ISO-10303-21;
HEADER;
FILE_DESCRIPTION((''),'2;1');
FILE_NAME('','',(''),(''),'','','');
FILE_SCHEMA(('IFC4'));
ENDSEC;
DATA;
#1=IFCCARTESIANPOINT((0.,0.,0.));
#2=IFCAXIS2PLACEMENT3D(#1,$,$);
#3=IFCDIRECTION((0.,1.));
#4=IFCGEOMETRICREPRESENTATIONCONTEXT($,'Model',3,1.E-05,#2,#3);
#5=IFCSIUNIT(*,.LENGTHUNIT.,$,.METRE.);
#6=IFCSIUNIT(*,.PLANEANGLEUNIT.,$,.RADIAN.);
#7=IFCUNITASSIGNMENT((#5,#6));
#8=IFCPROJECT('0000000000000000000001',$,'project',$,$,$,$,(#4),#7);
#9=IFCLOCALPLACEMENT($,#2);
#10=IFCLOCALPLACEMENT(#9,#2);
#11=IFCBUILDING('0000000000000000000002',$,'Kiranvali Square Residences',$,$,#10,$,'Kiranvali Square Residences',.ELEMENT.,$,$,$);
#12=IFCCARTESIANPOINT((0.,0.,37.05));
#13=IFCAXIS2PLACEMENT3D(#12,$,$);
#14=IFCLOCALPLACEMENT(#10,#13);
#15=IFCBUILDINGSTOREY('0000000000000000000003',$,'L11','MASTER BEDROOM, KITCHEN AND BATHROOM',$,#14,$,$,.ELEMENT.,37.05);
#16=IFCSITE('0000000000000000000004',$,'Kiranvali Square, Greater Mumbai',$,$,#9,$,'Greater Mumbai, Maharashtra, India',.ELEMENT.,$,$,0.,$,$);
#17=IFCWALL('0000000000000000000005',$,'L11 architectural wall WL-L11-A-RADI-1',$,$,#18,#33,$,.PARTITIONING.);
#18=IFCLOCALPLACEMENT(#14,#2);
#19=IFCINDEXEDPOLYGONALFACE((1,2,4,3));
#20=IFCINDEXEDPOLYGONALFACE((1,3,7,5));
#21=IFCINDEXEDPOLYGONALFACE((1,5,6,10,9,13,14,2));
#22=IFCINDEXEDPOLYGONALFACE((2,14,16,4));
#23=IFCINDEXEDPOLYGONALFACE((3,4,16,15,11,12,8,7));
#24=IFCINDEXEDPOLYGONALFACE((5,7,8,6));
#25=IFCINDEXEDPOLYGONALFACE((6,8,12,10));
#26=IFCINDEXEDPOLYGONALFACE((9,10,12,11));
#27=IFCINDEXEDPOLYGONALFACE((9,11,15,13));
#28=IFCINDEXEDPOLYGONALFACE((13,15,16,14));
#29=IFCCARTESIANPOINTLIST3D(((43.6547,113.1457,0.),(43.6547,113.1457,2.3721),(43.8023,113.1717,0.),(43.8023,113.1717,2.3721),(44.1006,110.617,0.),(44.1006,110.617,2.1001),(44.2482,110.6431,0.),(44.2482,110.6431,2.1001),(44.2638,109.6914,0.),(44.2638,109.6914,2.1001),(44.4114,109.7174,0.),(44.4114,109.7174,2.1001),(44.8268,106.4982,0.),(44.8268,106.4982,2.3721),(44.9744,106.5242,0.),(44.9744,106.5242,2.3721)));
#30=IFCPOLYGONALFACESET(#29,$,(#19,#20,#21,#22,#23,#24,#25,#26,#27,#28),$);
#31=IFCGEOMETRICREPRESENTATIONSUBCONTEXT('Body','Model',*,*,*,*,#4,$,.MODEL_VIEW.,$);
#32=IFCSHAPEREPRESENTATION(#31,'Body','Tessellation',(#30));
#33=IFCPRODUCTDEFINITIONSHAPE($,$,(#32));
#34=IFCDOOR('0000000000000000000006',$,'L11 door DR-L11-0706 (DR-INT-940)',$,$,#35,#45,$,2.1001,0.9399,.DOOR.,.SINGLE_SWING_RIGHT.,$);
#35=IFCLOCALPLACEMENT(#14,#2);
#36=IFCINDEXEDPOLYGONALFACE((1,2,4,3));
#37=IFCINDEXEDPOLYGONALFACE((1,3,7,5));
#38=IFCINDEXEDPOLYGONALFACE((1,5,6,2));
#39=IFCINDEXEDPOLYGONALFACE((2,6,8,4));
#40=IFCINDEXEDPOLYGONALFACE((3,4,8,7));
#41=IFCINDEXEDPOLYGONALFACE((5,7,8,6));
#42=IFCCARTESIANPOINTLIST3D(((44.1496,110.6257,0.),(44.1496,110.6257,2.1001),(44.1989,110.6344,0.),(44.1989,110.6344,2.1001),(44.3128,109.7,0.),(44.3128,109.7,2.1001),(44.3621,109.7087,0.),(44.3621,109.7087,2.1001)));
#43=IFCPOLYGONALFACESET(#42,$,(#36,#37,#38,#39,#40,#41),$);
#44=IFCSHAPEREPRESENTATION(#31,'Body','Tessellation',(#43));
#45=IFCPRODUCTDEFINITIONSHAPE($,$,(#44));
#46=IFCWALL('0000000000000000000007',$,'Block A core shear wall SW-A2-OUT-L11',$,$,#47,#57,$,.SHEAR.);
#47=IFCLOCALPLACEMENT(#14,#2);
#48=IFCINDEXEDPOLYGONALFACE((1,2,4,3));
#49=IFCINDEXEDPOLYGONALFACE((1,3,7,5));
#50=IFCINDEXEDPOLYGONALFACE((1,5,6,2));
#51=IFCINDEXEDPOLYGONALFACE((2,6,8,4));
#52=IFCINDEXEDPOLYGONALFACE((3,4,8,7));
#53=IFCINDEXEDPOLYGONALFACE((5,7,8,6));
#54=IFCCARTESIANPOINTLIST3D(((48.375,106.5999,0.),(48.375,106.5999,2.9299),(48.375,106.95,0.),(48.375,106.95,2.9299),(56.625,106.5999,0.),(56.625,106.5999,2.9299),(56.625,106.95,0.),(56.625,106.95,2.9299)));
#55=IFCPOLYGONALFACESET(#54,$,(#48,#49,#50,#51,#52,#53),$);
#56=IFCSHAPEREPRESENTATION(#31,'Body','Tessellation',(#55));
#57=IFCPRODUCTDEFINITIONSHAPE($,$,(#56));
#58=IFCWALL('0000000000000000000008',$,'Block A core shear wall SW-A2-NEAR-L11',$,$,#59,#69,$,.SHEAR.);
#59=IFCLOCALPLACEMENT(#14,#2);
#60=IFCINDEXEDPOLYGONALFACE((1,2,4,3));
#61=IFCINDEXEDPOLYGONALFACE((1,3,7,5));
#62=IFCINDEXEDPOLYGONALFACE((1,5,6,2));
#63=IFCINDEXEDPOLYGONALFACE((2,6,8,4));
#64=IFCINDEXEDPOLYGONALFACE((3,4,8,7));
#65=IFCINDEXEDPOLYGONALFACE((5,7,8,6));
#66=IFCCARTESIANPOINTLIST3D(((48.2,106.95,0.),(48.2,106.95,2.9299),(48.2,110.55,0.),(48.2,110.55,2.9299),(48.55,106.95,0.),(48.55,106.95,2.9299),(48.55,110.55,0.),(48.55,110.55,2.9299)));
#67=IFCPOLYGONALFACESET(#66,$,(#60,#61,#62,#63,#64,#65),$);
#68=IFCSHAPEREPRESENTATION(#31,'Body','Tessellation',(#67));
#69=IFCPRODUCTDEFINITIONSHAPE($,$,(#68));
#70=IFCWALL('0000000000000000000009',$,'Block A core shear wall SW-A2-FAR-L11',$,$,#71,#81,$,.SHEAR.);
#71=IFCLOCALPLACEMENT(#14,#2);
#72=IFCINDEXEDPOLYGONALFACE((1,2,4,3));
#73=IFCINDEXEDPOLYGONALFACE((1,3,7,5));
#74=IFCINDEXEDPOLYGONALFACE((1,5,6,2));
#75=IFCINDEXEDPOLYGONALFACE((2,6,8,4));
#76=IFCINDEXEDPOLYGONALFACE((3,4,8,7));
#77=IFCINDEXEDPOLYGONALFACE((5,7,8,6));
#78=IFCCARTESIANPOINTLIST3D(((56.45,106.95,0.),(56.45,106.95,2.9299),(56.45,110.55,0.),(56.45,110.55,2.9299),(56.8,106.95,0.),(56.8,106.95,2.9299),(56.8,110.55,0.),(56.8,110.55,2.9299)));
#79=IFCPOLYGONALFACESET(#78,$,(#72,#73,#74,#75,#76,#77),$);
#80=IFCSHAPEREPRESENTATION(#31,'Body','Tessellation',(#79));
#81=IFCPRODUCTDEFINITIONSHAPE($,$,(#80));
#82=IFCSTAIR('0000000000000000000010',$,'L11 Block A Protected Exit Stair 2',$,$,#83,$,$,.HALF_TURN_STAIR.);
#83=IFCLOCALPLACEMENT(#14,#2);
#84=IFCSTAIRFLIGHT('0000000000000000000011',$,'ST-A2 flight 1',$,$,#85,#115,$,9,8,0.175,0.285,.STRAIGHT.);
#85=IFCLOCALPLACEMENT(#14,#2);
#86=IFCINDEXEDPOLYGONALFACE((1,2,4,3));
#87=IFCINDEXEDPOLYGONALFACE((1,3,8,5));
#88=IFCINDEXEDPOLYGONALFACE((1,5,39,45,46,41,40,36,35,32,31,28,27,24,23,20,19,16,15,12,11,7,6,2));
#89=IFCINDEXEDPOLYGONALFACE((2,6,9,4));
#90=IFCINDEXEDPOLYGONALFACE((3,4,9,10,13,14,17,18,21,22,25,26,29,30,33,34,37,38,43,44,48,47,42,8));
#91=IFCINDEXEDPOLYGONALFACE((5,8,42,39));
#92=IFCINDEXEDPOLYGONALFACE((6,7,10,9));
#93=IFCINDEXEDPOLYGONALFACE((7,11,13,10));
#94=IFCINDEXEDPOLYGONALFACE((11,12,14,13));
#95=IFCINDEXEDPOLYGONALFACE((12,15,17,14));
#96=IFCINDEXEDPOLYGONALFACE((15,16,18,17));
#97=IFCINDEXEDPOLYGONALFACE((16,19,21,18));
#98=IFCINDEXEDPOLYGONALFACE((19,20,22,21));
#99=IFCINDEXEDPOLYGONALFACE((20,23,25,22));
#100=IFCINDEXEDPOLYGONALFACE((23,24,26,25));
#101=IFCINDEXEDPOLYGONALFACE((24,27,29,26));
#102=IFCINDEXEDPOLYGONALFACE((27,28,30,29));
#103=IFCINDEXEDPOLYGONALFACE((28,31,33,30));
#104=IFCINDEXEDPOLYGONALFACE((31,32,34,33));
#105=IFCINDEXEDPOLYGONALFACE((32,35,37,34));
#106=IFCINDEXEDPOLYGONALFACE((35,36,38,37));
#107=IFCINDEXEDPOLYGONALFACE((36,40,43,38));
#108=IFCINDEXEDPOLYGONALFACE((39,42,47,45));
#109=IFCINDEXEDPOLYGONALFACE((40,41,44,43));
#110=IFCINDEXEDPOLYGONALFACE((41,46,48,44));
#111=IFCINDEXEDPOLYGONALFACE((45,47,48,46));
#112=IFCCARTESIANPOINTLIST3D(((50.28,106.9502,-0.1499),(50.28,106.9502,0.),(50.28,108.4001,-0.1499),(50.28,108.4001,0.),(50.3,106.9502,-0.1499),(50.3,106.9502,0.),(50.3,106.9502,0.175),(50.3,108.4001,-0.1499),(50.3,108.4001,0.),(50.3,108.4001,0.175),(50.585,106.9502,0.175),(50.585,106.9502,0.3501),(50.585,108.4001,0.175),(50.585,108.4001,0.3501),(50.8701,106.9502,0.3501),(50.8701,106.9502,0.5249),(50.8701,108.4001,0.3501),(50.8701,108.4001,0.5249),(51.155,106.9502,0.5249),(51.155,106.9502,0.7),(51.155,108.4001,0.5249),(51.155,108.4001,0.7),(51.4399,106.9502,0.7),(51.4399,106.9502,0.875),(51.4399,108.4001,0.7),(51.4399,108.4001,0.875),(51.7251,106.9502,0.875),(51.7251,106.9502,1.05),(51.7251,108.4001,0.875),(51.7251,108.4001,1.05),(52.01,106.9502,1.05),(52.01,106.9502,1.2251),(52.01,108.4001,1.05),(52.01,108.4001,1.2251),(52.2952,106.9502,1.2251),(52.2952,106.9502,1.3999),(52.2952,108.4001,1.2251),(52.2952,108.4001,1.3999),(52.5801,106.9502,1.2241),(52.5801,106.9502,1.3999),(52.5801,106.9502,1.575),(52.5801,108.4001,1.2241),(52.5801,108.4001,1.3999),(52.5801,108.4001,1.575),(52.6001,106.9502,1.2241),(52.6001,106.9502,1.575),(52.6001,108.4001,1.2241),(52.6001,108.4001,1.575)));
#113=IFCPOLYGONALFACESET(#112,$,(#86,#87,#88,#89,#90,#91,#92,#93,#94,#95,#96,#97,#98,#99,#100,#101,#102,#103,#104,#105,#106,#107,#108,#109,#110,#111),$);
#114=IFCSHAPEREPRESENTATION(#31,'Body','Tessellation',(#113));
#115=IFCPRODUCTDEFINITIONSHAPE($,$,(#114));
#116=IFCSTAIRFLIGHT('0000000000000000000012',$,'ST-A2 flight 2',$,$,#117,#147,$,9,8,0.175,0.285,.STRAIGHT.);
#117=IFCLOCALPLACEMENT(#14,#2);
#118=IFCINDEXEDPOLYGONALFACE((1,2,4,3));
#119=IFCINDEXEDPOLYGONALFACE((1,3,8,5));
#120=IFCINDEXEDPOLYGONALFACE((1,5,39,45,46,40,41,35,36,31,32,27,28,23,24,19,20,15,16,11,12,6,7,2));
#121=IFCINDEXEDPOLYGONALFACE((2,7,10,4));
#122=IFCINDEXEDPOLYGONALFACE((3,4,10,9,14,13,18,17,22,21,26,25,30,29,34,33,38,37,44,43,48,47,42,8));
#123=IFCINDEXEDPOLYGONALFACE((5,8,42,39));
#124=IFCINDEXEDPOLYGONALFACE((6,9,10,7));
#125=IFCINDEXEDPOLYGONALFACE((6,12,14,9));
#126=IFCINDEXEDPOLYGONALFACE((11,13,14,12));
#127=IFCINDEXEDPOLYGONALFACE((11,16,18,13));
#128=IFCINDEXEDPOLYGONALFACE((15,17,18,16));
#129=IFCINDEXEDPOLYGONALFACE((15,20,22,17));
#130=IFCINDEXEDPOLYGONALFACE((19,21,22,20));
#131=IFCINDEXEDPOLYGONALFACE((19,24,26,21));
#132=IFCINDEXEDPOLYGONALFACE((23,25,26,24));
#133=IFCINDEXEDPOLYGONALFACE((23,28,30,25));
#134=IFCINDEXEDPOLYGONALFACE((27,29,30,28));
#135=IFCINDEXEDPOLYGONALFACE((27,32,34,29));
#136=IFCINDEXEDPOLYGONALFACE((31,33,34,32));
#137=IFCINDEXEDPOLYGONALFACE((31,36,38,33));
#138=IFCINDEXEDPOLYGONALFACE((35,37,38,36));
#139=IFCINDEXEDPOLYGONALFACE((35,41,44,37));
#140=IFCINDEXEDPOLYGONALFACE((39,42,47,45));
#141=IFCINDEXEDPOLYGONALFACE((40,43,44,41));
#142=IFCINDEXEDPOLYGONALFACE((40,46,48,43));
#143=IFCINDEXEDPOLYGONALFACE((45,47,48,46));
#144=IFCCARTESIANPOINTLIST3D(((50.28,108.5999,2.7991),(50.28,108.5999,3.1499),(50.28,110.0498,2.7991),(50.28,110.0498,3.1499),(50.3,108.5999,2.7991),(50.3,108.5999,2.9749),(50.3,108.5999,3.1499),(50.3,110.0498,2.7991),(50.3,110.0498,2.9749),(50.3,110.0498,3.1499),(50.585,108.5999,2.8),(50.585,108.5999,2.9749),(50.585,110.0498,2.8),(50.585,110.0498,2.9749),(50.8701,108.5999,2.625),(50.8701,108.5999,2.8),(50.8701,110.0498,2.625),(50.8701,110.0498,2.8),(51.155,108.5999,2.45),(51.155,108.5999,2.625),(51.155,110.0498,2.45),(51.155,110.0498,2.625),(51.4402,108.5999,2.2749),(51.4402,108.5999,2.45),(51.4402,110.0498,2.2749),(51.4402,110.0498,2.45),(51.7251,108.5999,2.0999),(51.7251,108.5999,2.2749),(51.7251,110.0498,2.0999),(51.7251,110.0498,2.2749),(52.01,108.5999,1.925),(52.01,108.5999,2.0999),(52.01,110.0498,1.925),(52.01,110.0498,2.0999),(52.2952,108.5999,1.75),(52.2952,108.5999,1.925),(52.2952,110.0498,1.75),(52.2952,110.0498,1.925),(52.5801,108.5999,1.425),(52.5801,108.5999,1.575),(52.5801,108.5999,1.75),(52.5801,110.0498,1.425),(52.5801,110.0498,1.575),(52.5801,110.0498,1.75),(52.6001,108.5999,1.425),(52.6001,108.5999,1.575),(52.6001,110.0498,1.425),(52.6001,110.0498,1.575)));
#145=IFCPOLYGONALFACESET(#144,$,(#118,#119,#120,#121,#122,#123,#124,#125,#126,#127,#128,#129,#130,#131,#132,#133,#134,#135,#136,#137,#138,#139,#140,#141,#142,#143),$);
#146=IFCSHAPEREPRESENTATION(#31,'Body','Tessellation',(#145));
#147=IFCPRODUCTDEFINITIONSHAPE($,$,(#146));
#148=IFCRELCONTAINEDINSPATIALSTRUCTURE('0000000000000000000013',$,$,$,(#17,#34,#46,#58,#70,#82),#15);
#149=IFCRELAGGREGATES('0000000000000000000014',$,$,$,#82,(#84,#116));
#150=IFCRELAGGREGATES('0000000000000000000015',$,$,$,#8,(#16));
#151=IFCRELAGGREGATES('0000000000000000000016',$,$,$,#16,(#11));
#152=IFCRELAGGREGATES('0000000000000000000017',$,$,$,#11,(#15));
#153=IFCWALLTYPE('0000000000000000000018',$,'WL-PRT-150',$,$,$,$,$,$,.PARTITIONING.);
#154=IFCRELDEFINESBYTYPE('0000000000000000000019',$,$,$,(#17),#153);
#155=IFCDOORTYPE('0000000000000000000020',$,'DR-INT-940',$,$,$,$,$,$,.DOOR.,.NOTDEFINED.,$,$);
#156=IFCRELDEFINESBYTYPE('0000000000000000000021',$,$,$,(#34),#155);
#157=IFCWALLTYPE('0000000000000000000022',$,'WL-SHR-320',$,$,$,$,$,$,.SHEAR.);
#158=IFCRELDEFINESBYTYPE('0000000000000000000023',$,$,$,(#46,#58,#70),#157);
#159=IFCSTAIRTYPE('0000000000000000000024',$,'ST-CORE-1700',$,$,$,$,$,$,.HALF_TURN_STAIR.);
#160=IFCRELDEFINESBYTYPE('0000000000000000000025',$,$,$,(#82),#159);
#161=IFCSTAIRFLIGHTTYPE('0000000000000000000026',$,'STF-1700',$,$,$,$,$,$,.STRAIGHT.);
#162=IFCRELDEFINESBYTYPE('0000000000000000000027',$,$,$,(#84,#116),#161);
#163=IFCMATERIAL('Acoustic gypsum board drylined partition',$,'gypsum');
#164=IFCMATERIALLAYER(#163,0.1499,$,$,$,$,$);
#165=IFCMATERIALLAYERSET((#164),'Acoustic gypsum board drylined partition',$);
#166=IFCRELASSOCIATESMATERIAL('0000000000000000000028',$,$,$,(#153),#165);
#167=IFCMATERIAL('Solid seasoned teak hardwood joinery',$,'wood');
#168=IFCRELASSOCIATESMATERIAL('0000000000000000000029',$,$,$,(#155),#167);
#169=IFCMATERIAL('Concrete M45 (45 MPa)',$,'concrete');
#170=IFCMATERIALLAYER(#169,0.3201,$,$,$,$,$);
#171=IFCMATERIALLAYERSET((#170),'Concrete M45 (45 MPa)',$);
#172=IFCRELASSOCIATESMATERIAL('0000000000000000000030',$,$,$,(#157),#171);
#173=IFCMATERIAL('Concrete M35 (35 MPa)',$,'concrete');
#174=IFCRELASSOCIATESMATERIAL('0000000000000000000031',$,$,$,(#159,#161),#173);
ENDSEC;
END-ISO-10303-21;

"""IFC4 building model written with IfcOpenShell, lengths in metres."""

from ifc_helpers import new_model, si_unit, direction, frame, frame_2d, origin, place, context, subcontext, project, spatial, polyline, rectangle, outline, extrude, material, layer, layer_set, type_object, element, fill, aggregate, save


model = new_model("IFC4")

# Units and contexts
model_context = context("Model", 3, precision=1e-05, world=origin(), true_north=direction((0.0, 1.0)))
body_context = subcontext(model_context, "Body", "Model", "MODEL_VIEW")
ifc_project = project(units=[si_unit("LENGTHUNIT", "METRE"), si_unit("PLANEANGLEUNIT", "RADIAN")], contexts=[model_context])

# Site, building, storey
site_placement = place(None, origin())
site = spatial("IfcSite", under=ifc_project, at=site_placement, Name="Kiranvali Square, Greater Mumbai", LongName="Greater Mumbai, Maharashtra, India", CompositionType="ELEMENT", RefElevation=0.0)
building_placement = place(site_placement, origin())
building = spatial("IfcBuilding", under=site, at=building_placement, Name="Kiranvali Square Residences", LongName="Kiranvali Square Residences", CompositionType="ELEMENT")
storey_placement = place(building_placement, frame((0.0, 0.0, 37.05)))
storey = spatial("IfcBuildingStorey", under=building, at=storey_placement, Name="L11", Description="MASTER BEDROOM, KITCHEN AND BATHROOM", CompositionType="ELEMENT", Elevation=37.05)

# Wall, opening, door
ifc_material_1 = material(Name="Acoustic gypsum board drylined partition", Category="gypsum")
ifc_layer_1 = layer(ifc_material_1, 0.1499)
ifc_layer_set_1 = layer_set([ifc_layer_1], Name="Acoustic gypsum board drylined partition")
wall_type_1 = type_object("IfcWallType", Name="WL-PRT-150", PredefinedType="PARTITIONING", material=ifc_layer_set_1)
wall_1_placement = place(storey_placement, frame((44.9006, 106.5112, 0.0), z_axis=(0.0, 0.0, 1.0), x_axis=(-0.173647, 0.984808, 0.0)))
wall_1 = element("IfcWall", 1, at=wall_1_placement, inside=storey, type_object=wall_type_1, Name="L11 architectural wall WL-L11-A-RADI-1", PredefinedType="PARTITIONING", context=body_context, shape_type="SweptSolid", body=[
    extrude(rectangle(XDim=6.75, YDim=0.1499, at=frame_2d((3.375, 0.0))), origin(), (0.0, 0.0, 1.0), 2.3721),
])
opening_1_placement = place(wall_1_placement, frame((3.2424, 0.0, 0.0)))
opening_1 = element("IfcOpeningElement", 2, at=opening_1_placement, cuts=wall_1, PredefinedType="OPENING", context=body_context, shape_type="SweptSolid", body=[
    extrude(rectangle(XDim=0.9399, YDim=2.1001, at=frame_2d((0.47, 1.05))), frame((0.0, 0.085, 0.0), z_axis=(0.0, -1.0, 0.0), x_axis=(1.0, 0.0, 0.0)), (0.0, 0.0, 1.0), 0.1699),
])
ifc_material_2 = material(Name="Solid seasoned teak hardwood joinery", Category="wood")
door_type_1 = type_object("IfcDoorType", Name="DR-INT-940", OperationType="NOTDEFINED", PredefinedType="DOOR", material=ifc_material_2)
door_1_placement = place(opening_1_placement, frame((0.9399, 0.0, 0.0), z_axis=(0.0, 0.0, 1.0), x_axis=(-1.0, 0.0, 0.0)))
door_1 = element("IfcDoor", 3, at=door_1_placement, inside=storey, type_object=door_type_1, Name="L11 door DR-L11-0706 (DR-INT-940)", OperationType="SINGLE_SWING_RIGHT", OverallHeight=2.1001, OverallWidth=0.9399, PredefinedType="DOOR", context=body_context, shape_type="SweptSolid", body=[
    extrude(rectangle(XDim=0.9399, YDim=2.1001, at=frame_2d((0.47, 1.05))), frame((0.0, 0.0249, 0.0), z_axis=(0.0, -1.0, 0.0), x_axis=(1.0, 0.0, 0.0)), (0.0, 0.0, 1.0), 0.05),
])
fill(opening_1, door_1)

# Wall
ifc_material_3 = material(Name="Concrete M45 (45 MPa)", Category="concrete")
ifc_layer_2 = layer(ifc_material_3, 0.3201)
ifc_layer_set_2 = layer_set([ifc_layer_2], Name="Concrete M45 (45 MPa)")
wall_type_2 = type_object("IfcWallType", Name="WL-SHR-320", PredefinedType="SHEAR", material=ifc_layer_set_2)
wall_2_placement = place(storey_placement, frame((48.375, 106.7749, 0.0), z_axis=(0.0, 0.0, 1.0), x_axis=(1.0, 0.0, 0.0)))
element("IfcWall", 4, at=wall_2_placement, inside=storey, type_object=wall_type_2, Name="Block A core shear wall SW-A2-OUT-L11", PredefinedType="SHEAR", context=body_context, shape_type="SweptSolid", body=[
    extrude(rectangle(XDim=8.25, YDim=0.3501, at=frame_2d((4.125, 0.0))), origin(), (0.0, 0.0, 1.0), 2.9299),
])

# Walls
for number, where, z_axis, x_axis, name in (
    (5, (48.375, 106.95, 0.0), (0.0, 0.0, 1.0), (0.0, 1.0, 0.0), "Block A core shear wall SW-A2-NEAR-L11"),
    (6, (56.625, 106.95, 0.0), (0.0, 0.0, 1.0), (0.0, 1.0, 0.0), "Block A core shear wall SW-A2-FAR-L11"),
):
    element("IfcWall", number, at=place(storey_placement, frame(where, z_axis=z_axis, x_axis=x_axis)), inside=storey, type_object=wall_type_2, Name=name, PredefinedType="SHEAR", context=body_context, shape_type="SweptSolid", body=[
        extrude(rectangle(XDim=3.6001, YDim=0.3501, at=frame_2d((1.8, 0.0))), origin(), (0.0, 0.0, 1.0), 2.9299),
    ])

# Stair, stair flights
ifc_material_4 = material(Name="Concrete M35 (35 MPa)", Category="concrete")
stair_type = type_object("IfcStairType", Name="ST-CORE-1700", PredefinedType="HALF_TURN_STAIR", material=ifc_material_4)
stair_placement = place(storey_placement, origin())
stair = element("IfcStair", 7, at=stair_placement, inside=storey, type_object=stair_type, Name="L11 Block A Protected Exit Stair 2", PredefinedType="HALF_TURN_STAIR")
stair_flight_type = type_object("IfcStairFlightType", Name="STF-1700", PredefinedType="STRAIGHT", material=ifc_material_4)
stair_flight_1_placement = place(storey_placement, frame((50.3, 107.675, 0.0), z_axis=(0.0, 0.0, 1.0), x_axis=(1.0, 0.0, 0.0)))
stair_flight_1 = element("IfcStairFlight", 8, at=stair_flight_1_placement, type_object=stair_flight_type, Name="ST-A2 flight 1", NumberOfRisers=9, NumberOfTreads=8, PredefinedType="STRAIGHT", RiserHeight=0.175, TreadLength=0.285, context=body_context, shape_type="SweptSolid", body=[
    extrude(outline(polyline([(-0.02, -0.1499), (-0.02, 0.0), (0.0, 0.0), (0.0, 0.175), (0.2849, 0.175), (0.2849, 0.3501), (0.5701, 0.3501), (0.5701, 0.5249), (0.855, 0.5249), (0.855, 0.7), (1.1399, 0.7), (1.1399, 0.875), (1.425, 0.875), (1.425, 1.05), (1.71, 1.05), (1.71, 1.2251), (1.9951, 1.2251), (1.9951, 1.3999), (2.28, 1.3999), (2.28, 1.575), (2.3, 1.575), (2.3, 1.2241), (2.28, 1.2241), (0.0, -0.1499), (-0.02, -0.1499)])), frame((0.0, 0.7251, 0.0), z_axis=(0.0, -1.0, 0.0), x_axis=(1.0, 0.0, 0.0)), (0.0, 0.0, 1.0), 1.45),
])
stair_flight_2_placement = place(storey_placement, frame((52.5801, 109.325, 1.575), z_axis=(0.0, 0.0, 1.0), x_axis=(-1.0, 0.0, 0.0)))
stair_flight_2 = element("IfcStairFlight", 9, at=stair_flight_2_placement, type_object=stair_flight_type, Name="ST-A2 flight 2", NumberOfRisers=9, NumberOfTreads=8, PredefinedType="STRAIGHT", RiserHeight=0.175, TreadLength=0.285, context=body_context, shape_type="SweptSolid", body=[
    extrude(outline(polyline([(-0.02, -0.1499), (-0.02, 0.0), (0.0, 0.0), (0.0, 0.175), (0.2849, 0.175), (0.2849, 0.3501), (0.5701, 0.3501), (0.5701, 0.5249), (0.855, 0.5249), (0.855, 0.7), (1.1399, 0.7), (1.1399, 0.875), (1.425, 0.875), (1.425, 1.05), (1.71, 1.05), (1.71, 1.2251), (1.9951, 1.2251), (1.9951, 1.3999), (2.28, 1.3999), (2.28, 1.575), (2.3, 1.575), (2.3, 1.2241), (2.28, 1.2241), (0.0, -0.1499), (-0.02, -0.1499)])), frame((0.0, 0.7251, 0.0), z_axis=(0.0, -1.0, 0.0), x_axis=(1.0, 0.0, 0.0)), (0.0, 0.0, 1.0), 1.45),
])
aggregate(stair, [stair_flight_1, stair_flight_2])

save(model, "model.ifc")
